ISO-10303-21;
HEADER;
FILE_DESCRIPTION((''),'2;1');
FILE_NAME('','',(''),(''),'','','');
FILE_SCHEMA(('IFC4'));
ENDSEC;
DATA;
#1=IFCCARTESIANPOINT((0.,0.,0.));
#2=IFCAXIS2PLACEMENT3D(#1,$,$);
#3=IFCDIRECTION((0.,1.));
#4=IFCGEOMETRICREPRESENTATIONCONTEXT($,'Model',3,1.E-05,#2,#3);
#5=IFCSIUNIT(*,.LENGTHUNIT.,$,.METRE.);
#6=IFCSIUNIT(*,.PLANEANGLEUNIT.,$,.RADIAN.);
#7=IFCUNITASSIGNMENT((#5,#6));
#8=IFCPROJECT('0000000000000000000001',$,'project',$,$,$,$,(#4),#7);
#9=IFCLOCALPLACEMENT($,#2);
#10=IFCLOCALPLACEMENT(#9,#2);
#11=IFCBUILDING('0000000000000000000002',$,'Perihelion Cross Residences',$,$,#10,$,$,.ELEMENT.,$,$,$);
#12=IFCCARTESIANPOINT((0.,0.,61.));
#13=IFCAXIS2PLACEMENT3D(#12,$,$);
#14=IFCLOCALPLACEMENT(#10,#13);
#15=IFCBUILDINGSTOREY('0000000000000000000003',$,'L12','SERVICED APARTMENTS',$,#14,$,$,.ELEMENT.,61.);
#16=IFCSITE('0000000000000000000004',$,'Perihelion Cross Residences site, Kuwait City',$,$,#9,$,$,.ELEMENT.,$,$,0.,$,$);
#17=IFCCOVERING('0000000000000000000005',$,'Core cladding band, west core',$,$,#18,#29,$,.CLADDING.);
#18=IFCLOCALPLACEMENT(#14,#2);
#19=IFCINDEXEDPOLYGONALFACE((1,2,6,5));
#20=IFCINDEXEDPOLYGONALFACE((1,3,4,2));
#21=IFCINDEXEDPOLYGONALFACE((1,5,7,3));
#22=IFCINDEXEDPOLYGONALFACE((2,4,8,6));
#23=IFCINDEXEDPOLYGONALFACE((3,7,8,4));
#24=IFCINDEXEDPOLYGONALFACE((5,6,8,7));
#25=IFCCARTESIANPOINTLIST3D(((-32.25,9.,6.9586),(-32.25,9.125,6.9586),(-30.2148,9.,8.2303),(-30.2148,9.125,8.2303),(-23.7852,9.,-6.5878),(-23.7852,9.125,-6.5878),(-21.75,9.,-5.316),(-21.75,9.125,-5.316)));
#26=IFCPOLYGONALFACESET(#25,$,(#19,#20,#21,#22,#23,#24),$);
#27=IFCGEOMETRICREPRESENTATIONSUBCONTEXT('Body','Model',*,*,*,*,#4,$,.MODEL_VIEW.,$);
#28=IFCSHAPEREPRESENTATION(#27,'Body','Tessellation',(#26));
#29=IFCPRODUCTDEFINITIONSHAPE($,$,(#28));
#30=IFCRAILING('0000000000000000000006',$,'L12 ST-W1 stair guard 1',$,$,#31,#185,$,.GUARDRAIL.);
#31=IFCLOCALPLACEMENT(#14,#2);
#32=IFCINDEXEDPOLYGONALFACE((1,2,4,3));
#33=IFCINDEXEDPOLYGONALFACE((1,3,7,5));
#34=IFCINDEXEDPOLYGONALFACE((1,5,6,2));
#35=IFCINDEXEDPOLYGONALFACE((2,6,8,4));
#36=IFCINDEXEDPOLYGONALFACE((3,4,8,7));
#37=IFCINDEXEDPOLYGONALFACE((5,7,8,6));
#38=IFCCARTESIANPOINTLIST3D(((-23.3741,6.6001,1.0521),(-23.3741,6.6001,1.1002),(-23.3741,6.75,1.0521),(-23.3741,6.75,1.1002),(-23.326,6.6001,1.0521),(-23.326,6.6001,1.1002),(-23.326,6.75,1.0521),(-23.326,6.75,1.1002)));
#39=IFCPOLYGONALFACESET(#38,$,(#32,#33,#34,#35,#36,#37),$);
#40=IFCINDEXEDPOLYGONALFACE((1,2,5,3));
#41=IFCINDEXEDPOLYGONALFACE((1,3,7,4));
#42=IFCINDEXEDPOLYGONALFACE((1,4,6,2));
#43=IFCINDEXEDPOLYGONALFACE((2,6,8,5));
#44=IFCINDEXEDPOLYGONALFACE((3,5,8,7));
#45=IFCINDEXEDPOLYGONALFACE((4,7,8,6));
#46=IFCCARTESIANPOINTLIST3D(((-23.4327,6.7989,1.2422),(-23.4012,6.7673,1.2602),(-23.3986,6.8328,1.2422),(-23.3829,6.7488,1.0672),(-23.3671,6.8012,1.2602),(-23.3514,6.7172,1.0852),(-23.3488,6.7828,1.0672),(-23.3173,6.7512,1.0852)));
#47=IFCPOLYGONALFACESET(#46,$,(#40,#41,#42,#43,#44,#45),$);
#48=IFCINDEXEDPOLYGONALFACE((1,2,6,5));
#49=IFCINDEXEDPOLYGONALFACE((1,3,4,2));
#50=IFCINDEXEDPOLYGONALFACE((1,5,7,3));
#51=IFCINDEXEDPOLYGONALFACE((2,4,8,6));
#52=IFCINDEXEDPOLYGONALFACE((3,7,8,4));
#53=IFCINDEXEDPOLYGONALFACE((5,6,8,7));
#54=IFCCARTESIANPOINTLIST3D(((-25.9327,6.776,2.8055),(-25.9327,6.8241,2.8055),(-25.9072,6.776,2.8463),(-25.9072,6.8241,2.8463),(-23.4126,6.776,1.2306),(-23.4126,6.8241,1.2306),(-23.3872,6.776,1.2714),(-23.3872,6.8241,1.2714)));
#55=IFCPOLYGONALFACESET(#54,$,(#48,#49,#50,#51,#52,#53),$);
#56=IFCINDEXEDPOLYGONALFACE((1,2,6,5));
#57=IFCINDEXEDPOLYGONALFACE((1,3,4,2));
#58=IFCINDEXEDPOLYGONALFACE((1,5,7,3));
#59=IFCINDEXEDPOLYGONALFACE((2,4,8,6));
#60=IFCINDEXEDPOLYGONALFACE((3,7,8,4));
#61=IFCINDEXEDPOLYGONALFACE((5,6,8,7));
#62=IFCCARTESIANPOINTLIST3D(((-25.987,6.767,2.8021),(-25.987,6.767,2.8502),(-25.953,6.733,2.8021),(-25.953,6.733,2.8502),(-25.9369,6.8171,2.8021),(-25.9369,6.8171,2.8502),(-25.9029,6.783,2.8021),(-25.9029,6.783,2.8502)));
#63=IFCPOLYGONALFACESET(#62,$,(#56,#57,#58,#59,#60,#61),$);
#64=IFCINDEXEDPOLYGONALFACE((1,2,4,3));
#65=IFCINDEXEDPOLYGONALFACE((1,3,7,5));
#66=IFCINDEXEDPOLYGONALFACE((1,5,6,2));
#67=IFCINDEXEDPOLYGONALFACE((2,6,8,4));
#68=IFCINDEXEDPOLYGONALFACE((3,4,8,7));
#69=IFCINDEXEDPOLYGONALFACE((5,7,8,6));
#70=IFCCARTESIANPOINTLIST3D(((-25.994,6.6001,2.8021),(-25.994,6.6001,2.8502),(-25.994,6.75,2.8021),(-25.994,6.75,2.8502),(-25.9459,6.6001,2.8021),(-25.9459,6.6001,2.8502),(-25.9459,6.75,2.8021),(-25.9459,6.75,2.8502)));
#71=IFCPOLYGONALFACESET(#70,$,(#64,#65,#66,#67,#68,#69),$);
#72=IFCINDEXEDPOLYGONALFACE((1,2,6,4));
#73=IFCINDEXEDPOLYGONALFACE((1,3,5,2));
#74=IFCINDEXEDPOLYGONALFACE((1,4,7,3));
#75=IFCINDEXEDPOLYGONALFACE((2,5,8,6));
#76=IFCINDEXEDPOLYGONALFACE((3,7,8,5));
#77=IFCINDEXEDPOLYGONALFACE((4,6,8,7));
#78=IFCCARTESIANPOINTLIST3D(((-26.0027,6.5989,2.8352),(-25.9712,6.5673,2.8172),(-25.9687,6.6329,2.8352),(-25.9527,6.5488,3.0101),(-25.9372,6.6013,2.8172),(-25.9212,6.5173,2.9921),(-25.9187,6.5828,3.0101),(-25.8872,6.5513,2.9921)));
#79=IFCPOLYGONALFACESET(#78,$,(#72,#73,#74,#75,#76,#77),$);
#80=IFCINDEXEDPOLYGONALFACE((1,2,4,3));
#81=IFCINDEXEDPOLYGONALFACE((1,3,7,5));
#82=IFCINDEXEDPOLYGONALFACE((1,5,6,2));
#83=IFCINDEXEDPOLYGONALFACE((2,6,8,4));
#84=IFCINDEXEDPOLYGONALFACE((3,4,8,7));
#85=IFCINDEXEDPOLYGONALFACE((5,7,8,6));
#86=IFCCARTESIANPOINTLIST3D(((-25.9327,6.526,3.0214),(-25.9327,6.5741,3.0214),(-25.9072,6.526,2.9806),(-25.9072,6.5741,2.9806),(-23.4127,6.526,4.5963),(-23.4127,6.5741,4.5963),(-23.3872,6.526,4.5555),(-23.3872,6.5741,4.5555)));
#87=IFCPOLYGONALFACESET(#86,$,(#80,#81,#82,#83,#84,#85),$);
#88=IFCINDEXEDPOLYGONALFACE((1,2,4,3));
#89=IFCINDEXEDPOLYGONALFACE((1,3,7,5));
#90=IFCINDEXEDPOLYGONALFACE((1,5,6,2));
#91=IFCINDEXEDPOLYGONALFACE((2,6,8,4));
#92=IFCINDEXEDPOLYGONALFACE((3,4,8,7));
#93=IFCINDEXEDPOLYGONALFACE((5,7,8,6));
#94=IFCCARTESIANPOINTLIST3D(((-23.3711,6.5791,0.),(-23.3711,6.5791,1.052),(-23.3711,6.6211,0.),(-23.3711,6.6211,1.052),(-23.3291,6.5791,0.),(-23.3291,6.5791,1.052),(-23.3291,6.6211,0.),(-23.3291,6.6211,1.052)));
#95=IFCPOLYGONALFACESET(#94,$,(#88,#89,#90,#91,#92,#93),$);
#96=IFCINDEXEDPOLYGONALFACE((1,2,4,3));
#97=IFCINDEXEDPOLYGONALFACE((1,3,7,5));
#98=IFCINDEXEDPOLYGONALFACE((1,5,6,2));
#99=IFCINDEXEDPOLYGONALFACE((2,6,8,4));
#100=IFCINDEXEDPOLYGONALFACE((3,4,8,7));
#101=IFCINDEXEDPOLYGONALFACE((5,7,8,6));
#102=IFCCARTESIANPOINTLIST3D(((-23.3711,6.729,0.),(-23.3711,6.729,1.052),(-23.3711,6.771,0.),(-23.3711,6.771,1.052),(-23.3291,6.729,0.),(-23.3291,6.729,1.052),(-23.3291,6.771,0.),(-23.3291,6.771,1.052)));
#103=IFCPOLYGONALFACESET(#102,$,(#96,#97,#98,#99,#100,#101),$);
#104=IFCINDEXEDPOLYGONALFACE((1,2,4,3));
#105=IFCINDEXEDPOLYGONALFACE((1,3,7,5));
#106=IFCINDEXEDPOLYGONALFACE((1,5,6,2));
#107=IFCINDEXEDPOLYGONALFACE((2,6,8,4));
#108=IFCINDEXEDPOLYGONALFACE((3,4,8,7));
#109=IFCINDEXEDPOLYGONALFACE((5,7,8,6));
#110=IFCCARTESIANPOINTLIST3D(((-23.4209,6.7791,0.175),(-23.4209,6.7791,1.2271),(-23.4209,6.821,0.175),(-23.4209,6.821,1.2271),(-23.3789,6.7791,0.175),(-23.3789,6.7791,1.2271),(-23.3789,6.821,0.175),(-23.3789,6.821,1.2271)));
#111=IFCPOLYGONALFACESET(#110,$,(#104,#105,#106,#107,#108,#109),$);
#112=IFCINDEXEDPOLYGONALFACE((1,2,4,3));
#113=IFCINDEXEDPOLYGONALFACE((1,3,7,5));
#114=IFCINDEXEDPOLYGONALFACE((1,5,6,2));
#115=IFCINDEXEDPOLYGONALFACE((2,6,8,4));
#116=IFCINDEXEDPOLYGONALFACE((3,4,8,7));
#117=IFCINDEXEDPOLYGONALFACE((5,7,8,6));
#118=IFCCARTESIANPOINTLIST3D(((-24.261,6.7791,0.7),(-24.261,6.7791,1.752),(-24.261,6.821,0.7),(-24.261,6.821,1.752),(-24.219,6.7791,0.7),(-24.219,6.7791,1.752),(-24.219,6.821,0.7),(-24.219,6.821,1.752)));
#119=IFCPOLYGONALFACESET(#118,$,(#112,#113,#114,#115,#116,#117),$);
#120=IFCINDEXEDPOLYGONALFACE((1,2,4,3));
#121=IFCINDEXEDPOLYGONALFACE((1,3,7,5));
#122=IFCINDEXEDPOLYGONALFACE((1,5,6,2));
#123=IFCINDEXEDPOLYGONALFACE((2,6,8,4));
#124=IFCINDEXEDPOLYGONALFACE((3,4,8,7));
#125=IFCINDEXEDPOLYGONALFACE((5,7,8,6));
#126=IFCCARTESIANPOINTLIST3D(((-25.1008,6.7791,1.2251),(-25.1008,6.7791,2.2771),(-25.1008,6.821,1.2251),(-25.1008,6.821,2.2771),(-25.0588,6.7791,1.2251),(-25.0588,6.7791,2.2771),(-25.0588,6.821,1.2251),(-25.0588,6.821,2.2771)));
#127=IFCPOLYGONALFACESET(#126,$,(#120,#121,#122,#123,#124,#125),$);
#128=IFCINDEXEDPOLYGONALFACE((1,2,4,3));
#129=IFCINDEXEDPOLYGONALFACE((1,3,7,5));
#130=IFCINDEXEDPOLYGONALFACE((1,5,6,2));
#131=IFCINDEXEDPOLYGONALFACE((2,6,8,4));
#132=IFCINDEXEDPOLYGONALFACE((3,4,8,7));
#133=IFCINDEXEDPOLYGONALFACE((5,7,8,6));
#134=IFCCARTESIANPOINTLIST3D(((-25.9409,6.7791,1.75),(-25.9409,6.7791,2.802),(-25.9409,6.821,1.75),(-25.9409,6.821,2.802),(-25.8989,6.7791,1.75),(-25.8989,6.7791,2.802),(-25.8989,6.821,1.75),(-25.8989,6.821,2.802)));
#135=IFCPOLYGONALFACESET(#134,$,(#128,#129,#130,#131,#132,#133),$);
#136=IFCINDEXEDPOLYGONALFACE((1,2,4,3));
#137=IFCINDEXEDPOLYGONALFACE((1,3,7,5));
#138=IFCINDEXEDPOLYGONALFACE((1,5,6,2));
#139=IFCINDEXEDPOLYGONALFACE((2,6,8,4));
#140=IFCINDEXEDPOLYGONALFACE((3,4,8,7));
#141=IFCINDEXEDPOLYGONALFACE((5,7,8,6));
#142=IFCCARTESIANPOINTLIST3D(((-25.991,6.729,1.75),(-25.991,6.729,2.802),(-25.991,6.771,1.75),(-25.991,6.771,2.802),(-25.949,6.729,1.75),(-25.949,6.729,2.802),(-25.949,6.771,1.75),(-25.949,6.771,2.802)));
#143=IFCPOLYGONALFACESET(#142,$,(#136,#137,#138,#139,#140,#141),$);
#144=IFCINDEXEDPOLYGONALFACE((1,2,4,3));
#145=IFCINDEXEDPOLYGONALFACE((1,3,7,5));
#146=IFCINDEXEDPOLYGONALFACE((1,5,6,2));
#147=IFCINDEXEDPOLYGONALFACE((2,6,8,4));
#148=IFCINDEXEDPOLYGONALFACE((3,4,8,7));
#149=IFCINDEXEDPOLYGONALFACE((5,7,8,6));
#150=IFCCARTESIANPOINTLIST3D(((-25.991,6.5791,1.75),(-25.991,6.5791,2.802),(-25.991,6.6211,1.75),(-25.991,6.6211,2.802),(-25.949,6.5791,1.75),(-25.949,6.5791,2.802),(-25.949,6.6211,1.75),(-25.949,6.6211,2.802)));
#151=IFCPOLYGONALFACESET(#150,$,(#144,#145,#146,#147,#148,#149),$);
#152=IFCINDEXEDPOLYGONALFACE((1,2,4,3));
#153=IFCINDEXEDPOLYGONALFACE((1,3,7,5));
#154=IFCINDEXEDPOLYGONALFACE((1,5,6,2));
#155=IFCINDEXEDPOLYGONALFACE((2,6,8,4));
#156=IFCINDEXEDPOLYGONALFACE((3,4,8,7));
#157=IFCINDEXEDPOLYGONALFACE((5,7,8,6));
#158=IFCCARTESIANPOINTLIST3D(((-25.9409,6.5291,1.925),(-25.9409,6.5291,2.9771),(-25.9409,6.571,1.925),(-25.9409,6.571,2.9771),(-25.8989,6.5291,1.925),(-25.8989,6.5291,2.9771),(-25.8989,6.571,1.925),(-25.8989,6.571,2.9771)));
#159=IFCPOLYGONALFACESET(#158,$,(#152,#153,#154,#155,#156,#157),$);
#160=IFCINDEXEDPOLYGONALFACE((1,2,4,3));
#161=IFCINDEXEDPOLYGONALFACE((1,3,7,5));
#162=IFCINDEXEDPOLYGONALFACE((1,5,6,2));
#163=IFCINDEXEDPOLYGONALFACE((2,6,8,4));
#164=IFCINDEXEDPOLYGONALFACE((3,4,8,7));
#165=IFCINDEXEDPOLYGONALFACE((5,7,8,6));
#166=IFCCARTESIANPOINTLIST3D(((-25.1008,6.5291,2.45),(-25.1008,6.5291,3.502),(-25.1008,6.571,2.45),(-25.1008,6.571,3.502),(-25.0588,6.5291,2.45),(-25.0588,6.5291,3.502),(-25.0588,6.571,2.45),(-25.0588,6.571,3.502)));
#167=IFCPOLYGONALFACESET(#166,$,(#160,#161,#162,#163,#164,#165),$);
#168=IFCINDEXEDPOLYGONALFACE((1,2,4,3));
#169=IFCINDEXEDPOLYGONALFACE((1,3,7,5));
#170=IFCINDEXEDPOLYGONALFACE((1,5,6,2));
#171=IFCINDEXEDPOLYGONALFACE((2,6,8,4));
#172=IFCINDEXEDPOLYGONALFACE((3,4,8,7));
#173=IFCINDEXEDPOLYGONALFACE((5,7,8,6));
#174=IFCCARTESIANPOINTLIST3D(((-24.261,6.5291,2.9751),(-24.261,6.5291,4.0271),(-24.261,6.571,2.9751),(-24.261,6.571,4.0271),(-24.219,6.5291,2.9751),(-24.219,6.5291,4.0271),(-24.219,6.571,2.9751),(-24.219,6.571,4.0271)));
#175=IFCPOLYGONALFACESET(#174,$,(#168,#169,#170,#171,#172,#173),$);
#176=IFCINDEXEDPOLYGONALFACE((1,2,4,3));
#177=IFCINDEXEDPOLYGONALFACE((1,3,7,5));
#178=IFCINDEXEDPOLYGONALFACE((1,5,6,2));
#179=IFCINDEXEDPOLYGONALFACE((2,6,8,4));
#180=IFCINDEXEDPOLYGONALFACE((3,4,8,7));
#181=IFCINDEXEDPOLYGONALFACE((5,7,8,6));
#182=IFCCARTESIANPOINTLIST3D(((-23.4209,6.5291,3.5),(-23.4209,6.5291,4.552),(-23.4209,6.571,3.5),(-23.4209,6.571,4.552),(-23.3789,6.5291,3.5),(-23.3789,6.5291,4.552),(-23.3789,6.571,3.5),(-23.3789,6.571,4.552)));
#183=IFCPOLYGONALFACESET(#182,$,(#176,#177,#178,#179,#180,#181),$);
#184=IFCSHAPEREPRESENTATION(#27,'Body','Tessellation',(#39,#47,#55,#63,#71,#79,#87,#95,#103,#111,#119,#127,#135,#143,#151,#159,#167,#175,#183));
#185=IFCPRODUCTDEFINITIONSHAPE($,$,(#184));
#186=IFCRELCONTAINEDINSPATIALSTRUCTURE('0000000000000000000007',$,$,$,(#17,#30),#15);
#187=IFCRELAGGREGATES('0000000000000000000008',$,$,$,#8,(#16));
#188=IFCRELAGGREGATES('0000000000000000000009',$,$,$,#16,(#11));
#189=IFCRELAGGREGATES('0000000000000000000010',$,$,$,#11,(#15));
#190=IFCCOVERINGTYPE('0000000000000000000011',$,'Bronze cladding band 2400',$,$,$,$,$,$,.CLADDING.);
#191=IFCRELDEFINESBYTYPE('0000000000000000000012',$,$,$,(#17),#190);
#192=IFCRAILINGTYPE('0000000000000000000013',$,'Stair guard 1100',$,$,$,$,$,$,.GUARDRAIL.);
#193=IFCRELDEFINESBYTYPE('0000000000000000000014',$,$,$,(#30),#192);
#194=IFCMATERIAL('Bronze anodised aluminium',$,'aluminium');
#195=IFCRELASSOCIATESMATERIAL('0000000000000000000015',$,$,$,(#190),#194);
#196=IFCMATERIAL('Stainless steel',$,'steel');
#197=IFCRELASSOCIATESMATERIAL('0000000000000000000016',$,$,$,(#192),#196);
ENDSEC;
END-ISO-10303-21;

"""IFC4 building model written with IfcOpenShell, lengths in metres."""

from ifc_helpers import new_model, si_unit, direction, frame, origin, origin_2d, place, context, subcontext, project, spatial, rectangle, extrude, material, material_profile, profile_set, type_object, element, save


model = new_model("IFC4")

# Units and contexts
model_context = context("Model", 3, precision=1e-05, world=origin(), true_north=direction((0.0, 1.0)))
body_context = subcontext(model_context, "Body", "Model", "MODEL_VIEW")
ifc_project = project(units=[si_unit("LENGTHUNIT", "METRE"), si_unit("PLANEANGLEUNIT", "RADIAN")], contexts=[model_context])

# Site, building, storey
site_placement = place(None, origin())
site = spatial("IfcSite", under=ifc_project, at=site_placement, Name="Perihelion Cross Residences site, Kuwait City", CompositionType="ELEMENT", RefElevation=0.0)
building_placement = place(site_placement, origin())
building = spatial("IfcBuilding", under=site, at=building_placement, Name="Perihelion Cross Residences", CompositionType="ELEMENT")
storey_placement = place(building_placement, frame((0.0, 0.0, 61.0)))
storey = spatial("IfcBuildingStorey", under=building, at=storey_placement, Name="L12", Description="SERVICED APARTMENTS", CompositionType="ELEMENT", Elevation=61.0)

# Covering
ifc_material_1 = material(Name="Bronze anodised aluminium", Category="aluminium")
ifc_material_profile_1 = material_profile(ifc_material_1, rectangle(XDim=0.125, YDim=2.3999, at=origin_2d()), Name="Bronze cladding band 2400")
ifc_profile_set_1 = profile_set([ifc_material_profile_1], Name="Bronze anodised aluminium")
covering_type = type_object("IfcCoveringType", Name="Bronze cladding band 2400", PredefinedType="CLADDING", material=ifc_profile_set_1)
covering_placement = place(storey_placement, frame((-22.7676, 9.0625, -5.9519), z_axis=(-0.529925, 0.0, 0.848045), x_axis=(0.0, -1.0, 0.0)))
element("IfcCovering", 1, at=covering_placement, inside=storey, type_object=covering_type, Name="Core cladding band, west core", PredefinedType="CLADDING", context=body_context, shape_type="SweptSolid", body=[
    extrude(rectangle(XDim=0.125, YDim=2.3999, at=origin_2d()), origin(), (0.0, 0.0, 1.0), 15.9736),
])

# Railing
ifc_material_2 = material(Name="Stainless steel", Category="steel")
railing_type_1 = type_object("IfcRailingType", Name="Stair guard 1100", PredefinedType="GUARDRAIL", material=ifc_material_2)
railing_1_placement = place(storey_placement, frame((-23.3501, 6.6001, 0.0)))
element("IfcRailing", 2, at=railing_1_placement, inside=storey, type_object=railing_type_1, Name="L12 ST-W1 stair guard 1", PredefinedType="GUARDRAIL", context=body_context, shape_type="SweptSolid", body=[
    extrude(rectangle(XDim=0.0481, YDim=0.0481, at=origin_2d()), frame((0.0, 0.0, 1.0762), z_axis=(0.0, 1.0, 0.0), x_axis=(-1.0, 0.0, 0.0)), (0.0, 0.0, 1.0), 0.1499),
    extrude(rectangle(XDim=0.0481, YDim=0.0481, at=origin_2d()), frame((0.0, 0.1499, 1.0762), z_axis=(-0.263862, 0.265156, 0.927399), x_axis=(-0.708834, -0.705376, 0.0)), (0.0, 0.0, 1.0), 0.1887),
    extrude(rectangle(XDim=0.0481, YDim=0.0481, at=origin_2d()), frame((-0.0498, 0.2, 1.251), z_axis=(-0.848008, 0.0, 0.529984), x_axis=(0.0, -1.0, 0.0)), (0.0, 0.0, 1.0), 2.9717),
    extrude(rectangle(XDim=0.0481, YDim=0.0481, at=origin_2d()), frame((-2.5698, 0.2, 2.8262), z_axis=(-0.707107, -0.707107, 0.0), x_axis=(0.707107, -0.707107, 0.0)), (0.0, 0.0, 1.0), 0.0708),
    extrude(rectangle(XDim=0.0481, YDim=0.0481, at=origin_2d()), frame((-2.6199, 0.1499, 2.8262), z_axis=(0.0, -1.0, 0.0), x_axis=(1.0, 0.0, 0.0)), (0.0, 0.0, 1.0), 0.1499),
    extrude(rectangle(XDim=0.0481, YDim=0.0481, at=origin_2d()), frame((-2.6199, 0.0, 2.8262), z_axis=(0.265065, -0.265065, 0.927082), x_axis=(0.707107, 0.707107, 0.0)), (0.0, 0.0, 1.0), 0.1887),
    extrude(rectangle(XDim=0.0481, YDim=0.0481, at=origin_2d()), frame((-2.5698, -0.05, 3.001), z_axis=(0.848008, 0.0, 0.529984), x_axis=(0.0, 1.0, 0.0)), (0.0, 0.0, 1.0), 2.9717),
    extrude(rectangle(XDim=0.042, YDim=0.042, at=origin_2d()), origin(), (0.0, 0.0, 1.0), 1.052),
    extrude(rectangle(XDim=0.042, YDim=0.042, at=origin_2d()), frame((0.0, 0.1499, 0.0)), (0.0, 0.0, 1.0), 1.052),
    extrude(rectangle(XDim=0.042, YDim=0.042, at=origin_2d()), frame((-0.0498, 0.2, 0.175)), (0.0, 0.0, 1.0), 1.052),
    extrude(rectangle(XDim=0.042, YDim=0.042, at=origin_2d()), frame((-0.8899, 0.2, 0.7)), (0.0, 0.0, 1.0), 1.052),
    extrude(rectangle(XDim=0.042, YDim=0.042, at=origin_2d()), frame((-1.7297, 0.2, 1.2251)), (0.0, 0.0, 1.0), 1.052),
    extrude(rectangle(XDim=0.042, YDim=0.042, at=origin_2d()), frame((-2.5698, 0.2, 1.75)), (0.0, 0.0, 1.0), 1.052),
    extrude(rectangle(XDim=0.042, YDim=0.042, at=origin_2d()), frame((-2.6199, 0.1499, 1.75)), (0.0, 0.0, 1.0), 1.052),
    extrude(rectangle(XDim=0.042, YDim=0.042, at=origin_2d()), frame((-2.6199, 0.0, 1.75)), (0.0, 0.0, 1.0), 1.052),
    extrude(rectangle(XDim=0.042, YDim=0.042, at=origin_2d()), frame((-2.5698, -0.05, 1.925)), (0.0, 0.0, 1.0), 1.052),
    extrude(rectangle(XDim=0.042, YDim=0.042, at=origin_2d()), frame((-1.7297, -0.05, 2.45)), (0.0, 0.0, 1.0), 1.052),
    extrude(rectangle(XDim=0.042, YDim=0.042, at=origin_2d()), frame((-0.8899, -0.05, 2.9751)), (0.0, 0.0, 1.0), 1.052),
    extrude(rectangle(XDim=0.042, YDim=0.042, at=origin_2d()), frame((-0.0498, -0.05, 3.5)), (0.0, 0.0, 1.0), 1.052),
])

save(model, "model.ifc")
